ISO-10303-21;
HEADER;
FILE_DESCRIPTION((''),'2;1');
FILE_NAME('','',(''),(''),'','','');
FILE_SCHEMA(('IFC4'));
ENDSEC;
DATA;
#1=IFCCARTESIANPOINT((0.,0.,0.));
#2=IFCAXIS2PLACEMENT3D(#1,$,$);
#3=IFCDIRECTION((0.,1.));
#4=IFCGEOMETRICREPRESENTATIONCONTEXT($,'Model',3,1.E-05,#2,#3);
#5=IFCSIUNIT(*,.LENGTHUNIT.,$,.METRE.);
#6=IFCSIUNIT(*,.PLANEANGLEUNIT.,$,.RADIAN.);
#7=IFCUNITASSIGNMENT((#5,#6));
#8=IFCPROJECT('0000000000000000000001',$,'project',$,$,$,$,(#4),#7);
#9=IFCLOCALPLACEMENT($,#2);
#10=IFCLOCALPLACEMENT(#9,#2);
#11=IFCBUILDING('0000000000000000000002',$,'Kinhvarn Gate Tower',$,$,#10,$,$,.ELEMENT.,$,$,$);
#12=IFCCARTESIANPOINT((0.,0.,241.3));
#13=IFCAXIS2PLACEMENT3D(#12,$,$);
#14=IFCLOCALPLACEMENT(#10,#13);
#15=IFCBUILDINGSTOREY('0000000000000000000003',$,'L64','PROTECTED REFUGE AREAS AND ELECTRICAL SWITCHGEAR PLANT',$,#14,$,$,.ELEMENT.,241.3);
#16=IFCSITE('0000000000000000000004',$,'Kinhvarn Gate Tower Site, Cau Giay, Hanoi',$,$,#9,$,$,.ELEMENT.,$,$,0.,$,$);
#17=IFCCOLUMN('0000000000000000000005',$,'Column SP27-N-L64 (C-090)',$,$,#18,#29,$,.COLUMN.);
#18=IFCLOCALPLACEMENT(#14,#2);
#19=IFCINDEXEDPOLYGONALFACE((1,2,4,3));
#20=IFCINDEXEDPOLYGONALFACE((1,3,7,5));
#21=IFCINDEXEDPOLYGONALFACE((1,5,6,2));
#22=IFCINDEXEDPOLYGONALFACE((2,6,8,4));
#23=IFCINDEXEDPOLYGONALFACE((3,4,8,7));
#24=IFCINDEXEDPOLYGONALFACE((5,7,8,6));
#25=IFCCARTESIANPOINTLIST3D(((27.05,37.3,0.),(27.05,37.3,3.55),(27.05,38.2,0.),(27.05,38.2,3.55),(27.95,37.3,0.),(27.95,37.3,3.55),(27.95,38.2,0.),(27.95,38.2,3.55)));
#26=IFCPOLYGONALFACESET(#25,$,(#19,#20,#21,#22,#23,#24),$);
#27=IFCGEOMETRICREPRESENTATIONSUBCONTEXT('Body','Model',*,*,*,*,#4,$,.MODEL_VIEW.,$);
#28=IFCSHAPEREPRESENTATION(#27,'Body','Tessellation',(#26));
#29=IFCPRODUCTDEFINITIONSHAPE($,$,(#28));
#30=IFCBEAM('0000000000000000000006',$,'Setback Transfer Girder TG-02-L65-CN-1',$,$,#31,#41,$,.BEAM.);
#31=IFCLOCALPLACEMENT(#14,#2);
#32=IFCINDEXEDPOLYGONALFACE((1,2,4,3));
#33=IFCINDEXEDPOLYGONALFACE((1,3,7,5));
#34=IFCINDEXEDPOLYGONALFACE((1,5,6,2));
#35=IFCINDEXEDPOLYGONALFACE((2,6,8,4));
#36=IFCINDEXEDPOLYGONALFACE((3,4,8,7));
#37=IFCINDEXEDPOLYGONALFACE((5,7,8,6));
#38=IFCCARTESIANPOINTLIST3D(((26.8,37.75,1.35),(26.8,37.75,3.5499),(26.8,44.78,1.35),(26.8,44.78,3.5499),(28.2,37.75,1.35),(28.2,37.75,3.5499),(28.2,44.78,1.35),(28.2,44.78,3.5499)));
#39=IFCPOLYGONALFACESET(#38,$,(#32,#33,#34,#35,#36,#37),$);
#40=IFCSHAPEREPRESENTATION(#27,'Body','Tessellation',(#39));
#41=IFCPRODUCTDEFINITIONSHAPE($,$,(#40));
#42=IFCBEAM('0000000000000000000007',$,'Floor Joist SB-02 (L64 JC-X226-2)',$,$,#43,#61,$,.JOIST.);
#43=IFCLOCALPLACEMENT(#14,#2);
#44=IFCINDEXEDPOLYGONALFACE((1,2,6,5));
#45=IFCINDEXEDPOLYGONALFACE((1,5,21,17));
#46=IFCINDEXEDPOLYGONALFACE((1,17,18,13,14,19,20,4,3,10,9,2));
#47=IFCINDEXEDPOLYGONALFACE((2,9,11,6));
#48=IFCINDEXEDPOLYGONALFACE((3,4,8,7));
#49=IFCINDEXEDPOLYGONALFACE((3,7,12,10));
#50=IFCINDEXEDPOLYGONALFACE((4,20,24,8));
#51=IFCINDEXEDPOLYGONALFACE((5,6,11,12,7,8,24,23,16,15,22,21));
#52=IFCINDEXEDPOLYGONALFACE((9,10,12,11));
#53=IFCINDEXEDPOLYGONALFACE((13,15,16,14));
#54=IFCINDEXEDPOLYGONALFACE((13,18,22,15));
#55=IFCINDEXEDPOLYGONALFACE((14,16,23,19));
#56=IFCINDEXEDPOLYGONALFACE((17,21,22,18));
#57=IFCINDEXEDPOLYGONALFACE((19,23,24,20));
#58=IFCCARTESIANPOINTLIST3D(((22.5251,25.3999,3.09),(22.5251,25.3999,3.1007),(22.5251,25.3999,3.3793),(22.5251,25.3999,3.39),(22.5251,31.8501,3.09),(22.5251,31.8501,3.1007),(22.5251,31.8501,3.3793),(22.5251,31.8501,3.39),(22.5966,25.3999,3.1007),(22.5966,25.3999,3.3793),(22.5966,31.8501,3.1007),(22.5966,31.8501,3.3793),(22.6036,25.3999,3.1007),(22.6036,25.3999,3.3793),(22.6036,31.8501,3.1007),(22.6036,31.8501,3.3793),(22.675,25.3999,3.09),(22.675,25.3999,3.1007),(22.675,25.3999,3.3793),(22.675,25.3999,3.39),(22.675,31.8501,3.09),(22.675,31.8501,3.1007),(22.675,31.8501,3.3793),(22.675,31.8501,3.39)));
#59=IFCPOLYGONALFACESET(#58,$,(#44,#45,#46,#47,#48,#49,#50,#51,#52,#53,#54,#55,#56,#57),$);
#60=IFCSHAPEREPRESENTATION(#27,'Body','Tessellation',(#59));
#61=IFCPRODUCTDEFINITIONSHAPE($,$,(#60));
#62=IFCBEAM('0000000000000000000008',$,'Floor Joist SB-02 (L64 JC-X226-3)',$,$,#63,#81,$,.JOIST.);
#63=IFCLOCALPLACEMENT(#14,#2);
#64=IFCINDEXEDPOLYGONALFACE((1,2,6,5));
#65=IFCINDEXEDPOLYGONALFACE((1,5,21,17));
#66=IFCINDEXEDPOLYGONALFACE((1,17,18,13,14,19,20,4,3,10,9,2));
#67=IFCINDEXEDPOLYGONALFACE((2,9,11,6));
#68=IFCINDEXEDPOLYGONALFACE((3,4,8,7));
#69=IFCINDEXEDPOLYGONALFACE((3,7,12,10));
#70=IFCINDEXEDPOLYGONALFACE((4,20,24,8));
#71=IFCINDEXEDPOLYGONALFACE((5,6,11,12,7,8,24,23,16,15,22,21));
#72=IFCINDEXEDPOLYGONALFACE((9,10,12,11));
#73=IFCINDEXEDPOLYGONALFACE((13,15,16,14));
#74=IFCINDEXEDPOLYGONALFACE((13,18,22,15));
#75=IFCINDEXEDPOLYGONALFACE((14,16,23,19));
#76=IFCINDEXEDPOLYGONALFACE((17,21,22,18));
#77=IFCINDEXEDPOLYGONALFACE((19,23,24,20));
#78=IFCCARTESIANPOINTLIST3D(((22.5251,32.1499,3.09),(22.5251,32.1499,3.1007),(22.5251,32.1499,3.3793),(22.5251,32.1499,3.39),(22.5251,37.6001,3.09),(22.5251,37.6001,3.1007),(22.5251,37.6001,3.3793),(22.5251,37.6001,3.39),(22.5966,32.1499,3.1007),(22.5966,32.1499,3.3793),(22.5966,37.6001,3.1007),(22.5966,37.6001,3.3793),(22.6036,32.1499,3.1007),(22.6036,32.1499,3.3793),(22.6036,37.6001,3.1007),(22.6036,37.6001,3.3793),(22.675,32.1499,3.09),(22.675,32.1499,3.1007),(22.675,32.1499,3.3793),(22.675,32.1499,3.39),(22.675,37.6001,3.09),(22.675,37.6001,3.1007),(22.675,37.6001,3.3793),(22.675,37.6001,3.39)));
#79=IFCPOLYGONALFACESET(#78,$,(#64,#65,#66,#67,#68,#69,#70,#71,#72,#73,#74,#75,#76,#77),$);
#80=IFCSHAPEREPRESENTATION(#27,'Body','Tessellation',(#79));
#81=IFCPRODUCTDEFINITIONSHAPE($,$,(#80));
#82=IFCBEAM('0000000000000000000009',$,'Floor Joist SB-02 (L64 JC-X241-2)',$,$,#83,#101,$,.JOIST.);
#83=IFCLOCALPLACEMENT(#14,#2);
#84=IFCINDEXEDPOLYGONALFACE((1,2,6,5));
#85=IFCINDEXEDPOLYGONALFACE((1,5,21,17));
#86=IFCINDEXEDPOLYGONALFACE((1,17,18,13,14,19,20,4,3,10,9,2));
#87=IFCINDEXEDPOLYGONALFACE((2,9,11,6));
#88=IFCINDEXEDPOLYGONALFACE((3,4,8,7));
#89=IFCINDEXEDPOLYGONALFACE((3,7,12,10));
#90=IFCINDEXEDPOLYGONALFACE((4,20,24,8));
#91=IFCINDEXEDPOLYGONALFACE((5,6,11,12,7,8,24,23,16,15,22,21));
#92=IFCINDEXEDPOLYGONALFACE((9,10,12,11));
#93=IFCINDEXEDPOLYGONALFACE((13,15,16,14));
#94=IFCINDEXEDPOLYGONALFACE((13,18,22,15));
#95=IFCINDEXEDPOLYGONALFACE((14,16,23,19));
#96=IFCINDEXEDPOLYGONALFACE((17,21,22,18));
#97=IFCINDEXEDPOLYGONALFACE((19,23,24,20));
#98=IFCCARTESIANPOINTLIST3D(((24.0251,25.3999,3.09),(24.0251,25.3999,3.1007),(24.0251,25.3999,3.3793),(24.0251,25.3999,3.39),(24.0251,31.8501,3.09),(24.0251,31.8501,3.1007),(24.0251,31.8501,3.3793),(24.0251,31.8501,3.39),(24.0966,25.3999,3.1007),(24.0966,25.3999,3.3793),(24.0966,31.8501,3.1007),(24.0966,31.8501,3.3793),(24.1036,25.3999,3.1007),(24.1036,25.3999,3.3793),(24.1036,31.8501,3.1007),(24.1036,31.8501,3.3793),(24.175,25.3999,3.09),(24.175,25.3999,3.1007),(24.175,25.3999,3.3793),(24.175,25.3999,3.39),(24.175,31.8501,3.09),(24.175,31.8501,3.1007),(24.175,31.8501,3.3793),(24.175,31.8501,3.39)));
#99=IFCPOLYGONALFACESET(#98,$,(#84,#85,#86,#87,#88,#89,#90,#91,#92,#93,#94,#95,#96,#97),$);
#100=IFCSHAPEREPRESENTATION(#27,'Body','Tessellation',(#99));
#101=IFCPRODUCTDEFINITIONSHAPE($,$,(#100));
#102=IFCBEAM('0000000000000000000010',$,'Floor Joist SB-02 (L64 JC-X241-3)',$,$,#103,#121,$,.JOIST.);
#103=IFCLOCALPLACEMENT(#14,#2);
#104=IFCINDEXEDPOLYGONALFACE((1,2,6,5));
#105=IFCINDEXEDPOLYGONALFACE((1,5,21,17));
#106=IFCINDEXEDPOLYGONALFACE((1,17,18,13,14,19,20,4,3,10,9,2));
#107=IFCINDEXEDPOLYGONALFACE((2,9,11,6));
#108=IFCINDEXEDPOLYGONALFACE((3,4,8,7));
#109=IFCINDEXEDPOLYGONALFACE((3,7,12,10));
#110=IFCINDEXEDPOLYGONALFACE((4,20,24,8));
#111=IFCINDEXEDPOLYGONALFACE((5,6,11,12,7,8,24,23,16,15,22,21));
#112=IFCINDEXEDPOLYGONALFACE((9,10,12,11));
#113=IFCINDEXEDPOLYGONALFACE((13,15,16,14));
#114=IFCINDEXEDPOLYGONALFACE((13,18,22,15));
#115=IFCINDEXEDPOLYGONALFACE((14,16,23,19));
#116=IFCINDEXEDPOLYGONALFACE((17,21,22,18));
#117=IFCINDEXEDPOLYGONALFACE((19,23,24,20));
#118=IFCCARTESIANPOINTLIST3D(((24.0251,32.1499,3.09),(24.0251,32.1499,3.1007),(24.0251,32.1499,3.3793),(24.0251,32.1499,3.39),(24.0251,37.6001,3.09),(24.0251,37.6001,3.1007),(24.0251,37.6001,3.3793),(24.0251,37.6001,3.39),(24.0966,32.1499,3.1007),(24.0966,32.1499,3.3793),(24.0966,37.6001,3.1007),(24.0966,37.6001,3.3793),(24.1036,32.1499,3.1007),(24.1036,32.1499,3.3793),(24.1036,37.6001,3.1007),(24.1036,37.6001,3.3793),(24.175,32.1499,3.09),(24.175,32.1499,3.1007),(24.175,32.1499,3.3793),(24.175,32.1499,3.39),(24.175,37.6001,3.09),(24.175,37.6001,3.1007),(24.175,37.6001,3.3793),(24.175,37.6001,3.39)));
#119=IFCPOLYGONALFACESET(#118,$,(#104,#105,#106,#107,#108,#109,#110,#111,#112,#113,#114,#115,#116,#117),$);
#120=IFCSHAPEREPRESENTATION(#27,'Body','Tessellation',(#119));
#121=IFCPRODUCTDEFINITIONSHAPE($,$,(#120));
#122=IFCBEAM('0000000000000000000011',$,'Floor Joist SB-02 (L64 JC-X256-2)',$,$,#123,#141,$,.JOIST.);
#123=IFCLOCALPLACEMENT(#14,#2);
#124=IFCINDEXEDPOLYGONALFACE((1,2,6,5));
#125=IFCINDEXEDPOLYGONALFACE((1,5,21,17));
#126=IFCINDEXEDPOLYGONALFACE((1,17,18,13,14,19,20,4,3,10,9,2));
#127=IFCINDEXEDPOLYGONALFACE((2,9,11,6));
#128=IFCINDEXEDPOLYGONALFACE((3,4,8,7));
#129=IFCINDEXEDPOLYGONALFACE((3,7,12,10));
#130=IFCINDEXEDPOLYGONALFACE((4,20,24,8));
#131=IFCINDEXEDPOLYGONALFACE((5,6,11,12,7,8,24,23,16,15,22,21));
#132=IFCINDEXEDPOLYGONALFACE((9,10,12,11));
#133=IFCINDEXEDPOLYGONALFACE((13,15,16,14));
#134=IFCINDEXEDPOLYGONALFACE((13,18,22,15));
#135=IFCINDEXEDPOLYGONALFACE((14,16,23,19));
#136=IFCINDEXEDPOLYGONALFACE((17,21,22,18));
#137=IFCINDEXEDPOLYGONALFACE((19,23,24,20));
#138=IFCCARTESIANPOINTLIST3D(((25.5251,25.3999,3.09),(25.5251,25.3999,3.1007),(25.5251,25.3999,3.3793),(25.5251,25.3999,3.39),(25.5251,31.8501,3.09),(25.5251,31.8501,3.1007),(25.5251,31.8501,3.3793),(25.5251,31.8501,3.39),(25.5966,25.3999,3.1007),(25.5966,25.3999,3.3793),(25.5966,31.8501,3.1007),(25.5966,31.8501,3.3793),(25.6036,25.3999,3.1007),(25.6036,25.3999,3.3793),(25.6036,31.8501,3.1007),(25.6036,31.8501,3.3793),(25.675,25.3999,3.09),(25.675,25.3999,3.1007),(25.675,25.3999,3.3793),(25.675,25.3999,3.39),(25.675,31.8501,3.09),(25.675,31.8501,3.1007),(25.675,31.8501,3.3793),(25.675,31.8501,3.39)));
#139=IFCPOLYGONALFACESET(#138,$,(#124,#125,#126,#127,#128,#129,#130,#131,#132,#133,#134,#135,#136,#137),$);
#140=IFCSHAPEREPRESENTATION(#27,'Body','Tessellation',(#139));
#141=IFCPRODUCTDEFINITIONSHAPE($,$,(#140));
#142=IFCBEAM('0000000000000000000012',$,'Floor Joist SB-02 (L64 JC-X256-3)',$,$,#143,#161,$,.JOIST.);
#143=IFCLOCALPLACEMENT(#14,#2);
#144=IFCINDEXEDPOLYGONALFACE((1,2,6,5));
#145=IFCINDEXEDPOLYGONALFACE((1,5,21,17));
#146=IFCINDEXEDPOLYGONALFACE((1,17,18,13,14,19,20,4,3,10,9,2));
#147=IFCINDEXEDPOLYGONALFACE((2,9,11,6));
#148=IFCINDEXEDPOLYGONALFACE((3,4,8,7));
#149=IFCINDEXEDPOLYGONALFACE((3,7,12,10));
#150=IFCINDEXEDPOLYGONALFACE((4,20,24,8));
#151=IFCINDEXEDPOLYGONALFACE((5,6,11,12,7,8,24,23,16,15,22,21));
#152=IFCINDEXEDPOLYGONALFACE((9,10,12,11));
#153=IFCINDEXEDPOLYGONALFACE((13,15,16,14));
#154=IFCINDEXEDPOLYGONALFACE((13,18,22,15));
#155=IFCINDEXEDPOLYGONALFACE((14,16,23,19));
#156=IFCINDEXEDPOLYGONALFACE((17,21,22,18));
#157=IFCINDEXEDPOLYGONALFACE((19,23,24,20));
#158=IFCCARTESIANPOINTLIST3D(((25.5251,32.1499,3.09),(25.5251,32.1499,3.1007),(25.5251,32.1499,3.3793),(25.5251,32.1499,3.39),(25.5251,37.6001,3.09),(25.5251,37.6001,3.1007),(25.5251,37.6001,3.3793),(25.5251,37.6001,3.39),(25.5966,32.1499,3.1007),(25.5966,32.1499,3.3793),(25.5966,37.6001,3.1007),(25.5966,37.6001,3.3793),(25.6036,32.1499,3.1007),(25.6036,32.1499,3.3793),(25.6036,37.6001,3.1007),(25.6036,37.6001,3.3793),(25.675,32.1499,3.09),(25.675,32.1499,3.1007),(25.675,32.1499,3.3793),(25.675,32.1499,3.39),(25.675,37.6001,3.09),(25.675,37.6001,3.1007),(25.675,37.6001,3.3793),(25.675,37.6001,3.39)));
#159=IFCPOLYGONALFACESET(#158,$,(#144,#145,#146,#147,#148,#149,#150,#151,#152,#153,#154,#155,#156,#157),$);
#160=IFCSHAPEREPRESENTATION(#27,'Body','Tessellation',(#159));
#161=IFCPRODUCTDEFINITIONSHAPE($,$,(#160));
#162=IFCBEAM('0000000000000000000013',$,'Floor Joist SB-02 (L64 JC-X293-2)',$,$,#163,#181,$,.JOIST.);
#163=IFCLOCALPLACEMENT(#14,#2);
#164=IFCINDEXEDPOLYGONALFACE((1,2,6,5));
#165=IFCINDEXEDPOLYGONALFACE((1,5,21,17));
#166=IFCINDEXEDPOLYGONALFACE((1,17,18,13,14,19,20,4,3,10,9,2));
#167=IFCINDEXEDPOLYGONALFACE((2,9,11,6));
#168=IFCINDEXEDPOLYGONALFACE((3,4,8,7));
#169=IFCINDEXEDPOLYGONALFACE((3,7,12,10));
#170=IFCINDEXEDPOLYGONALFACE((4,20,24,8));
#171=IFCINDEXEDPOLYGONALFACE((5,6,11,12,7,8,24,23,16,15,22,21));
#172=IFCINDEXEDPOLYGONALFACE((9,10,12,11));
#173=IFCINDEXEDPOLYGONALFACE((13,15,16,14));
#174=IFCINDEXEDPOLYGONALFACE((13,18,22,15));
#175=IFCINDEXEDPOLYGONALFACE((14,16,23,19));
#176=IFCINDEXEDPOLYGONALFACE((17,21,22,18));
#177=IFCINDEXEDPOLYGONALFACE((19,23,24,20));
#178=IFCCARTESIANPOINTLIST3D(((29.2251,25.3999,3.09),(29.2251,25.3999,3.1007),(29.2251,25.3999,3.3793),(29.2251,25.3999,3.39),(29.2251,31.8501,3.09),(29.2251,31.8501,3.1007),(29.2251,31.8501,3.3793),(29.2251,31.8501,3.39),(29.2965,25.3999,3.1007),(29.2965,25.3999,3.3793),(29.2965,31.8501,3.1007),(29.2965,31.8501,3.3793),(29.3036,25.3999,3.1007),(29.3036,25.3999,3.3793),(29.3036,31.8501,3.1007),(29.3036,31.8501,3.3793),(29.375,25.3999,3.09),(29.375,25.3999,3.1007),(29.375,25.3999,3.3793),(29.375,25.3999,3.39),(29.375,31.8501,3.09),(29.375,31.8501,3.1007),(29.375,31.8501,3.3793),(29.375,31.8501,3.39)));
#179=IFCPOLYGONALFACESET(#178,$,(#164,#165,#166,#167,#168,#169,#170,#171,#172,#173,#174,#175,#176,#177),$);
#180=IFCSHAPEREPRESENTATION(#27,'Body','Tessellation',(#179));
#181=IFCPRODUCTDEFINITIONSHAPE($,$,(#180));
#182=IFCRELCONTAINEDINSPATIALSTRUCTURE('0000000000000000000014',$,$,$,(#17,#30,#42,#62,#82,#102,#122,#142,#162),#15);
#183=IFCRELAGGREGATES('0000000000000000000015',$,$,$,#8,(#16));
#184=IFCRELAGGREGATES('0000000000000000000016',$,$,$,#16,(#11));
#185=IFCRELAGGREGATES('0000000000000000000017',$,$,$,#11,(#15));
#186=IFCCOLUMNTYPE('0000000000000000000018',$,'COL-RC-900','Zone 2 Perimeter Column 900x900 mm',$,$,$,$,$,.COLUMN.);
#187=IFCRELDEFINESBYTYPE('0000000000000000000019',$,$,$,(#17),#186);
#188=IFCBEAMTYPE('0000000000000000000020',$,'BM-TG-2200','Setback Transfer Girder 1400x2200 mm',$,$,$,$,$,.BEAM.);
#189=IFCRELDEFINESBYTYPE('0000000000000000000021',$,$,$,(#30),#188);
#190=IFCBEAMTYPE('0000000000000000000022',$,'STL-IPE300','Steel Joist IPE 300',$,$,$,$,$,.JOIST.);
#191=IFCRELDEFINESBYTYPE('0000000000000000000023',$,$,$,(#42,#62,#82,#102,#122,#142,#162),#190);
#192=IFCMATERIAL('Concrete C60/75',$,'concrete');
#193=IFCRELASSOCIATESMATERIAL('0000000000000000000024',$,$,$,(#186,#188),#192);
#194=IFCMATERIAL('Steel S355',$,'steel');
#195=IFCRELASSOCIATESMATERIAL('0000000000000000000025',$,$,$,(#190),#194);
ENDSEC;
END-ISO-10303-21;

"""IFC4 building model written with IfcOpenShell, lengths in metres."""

from ifc_helpers import new_model, si_unit, direction, frame, origin, origin_2d, place, context, subcontext, project, spatial, rectangle, i_section, extrude, material, material_profile, profile_set, type_object, element, save


model = new_model("IFC4")

# Units and contexts
model_context = context("Model", 3, precision=1e-05, world=origin(), true_north=direction((0.0, 1.0)))
body_context = subcontext(model_context, "Body", "Model", "MODEL_VIEW")
ifc_project = project(units=[si_unit("LENGTHUNIT", "METRE"), si_unit("PLANEANGLEUNIT", "RADIAN")], contexts=[model_context])

# Site, building, storey
site_placement = place(None, origin())
site = spatial("IfcSite", under=ifc_project, at=site_placement, Name="Kinhvarn Gate Tower Site, Cau Giay, Hanoi", CompositionType="ELEMENT", RefElevation=0.0)
building_placement = place(site_placement, origin())
building = spatial("IfcBuilding", under=site, at=building_placement, Name="Kinhvarn Gate Tower", CompositionType="ELEMENT")
storey_placement = place(building_placement, frame((0.0, 0.0, 241.3)))
storey = spatial("IfcBuildingStorey", under=building, at=storey_placement, Name="L64", Description="PROTECTED REFUGE AREAS AND ELECTRICAL SWITCHGEAR PLANT", CompositionType="ELEMENT", Elevation=241.3)

# Column
ifc_material_1 = material(Name="Concrete C60/75", Category="concrete")
ifc_material_profile_1 = material_profile(ifc_material_1, rectangle(XDim=0.8999, YDim=0.8999, at=origin_2d()), Name="RC 900x900")
ifc_profile_set_1 = profile_set([ifc_material_profile_1], Name="Concrete C60/75")
column_type = type_object("IfcColumnType", Name="COL-RC-900", Description="Zone 2 Perimeter Column 900x900 mm", PredefinedType="COLUMN", material=ifc_profile_set_1)
column_placement = place(storey_placement, frame((27.5, 37.75, 0.0), z_axis=(0.0, 0.0, 1.0), x_axis=(1.0, 0.0, 0.0)))
element("IfcColumn", 1, at=column_placement, inside=storey, type_object=column_type, Name="Column SP27-N-L64 (C-090)", PredefinedType="COLUMN", context=body_context, shape_type="SweptSolid", body=[
    extrude(rectangle(XDim=0.8999, YDim=0.8999, at=origin_2d()), origin(), (0.0, 0.0, 1.0), 3.55),
])

# Beams
ifc_material_profile_2 = material_profile(ifc_material_1, rectangle(XDim=1.3999, YDim=2.2, at=origin_2d()), Name="RC 1400x2200")
ifc_profile_set_2 = profile_set([ifc_material_profile_2], Name="Concrete C60/75")
beam_type_1 = type_object("IfcBeamType", Name="BM-TG-2200", Description="Setback Transfer Girder 1400x2200 mm", PredefinedType="BEAM", material=ifc_profile_set_2)
beam_1_placement = place(storey_placement, frame((27.5, 37.75, 2.45), z_axis=(0.0, 1.0, 0.0), x_axis=(-1.0, 0.0, 0.0)))
element("IfcBeam", 2, at=beam_1_placement, inside=storey, type_object=beam_type_1, Name="Setback Transfer Girder TG-02-L65-CN-1", PredefinedType="BEAM", context=body_context, shape_type="SweptSolid", body=[
    extrude(rectangle(XDim=1.3999, YDim=2.2, at=origin_2d()), origin(), (0.0, 0.0, 1.0), 7.03),
])
ifc_material_2 = material(Name="Steel S355", Category="steel")
ifc_material_profile_3 = material_profile(ifc_material_2, i_section(OverallWidth=0.1499, OverallDepth=0.3, WebThickness=0.0071, FlangeThickness=0.0107, at=origin_2d()), Name="IPE 300")
ifc_profile_set_3 = profile_set([ifc_material_profile_3], Name="Steel S355")
beam_type_2 = type_object("IfcBeamType", Name="STL-IPE300", Description="Steel Joist IPE 300", PredefinedType="JOIST", material=ifc_profile_set_3)
beam_2_placement = place(storey_placement, frame((22.6001, 25.3999, 3.24), z_axis=(0.0, 1.0, 0.0), x_axis=(-1.0, 0.0, 0.0)))
element("IfcBeam", 3, at=beam_2_placement, inside=storey, type_object=beam_type_2, Name="Floor Joist SB-02 (L64 JC-X226-2)", PredefinedType="JOIST", context=body_context, shape_type="SweptSolid", body=[
    extrude(i_section(OverallWidth=0.1499, OverallDepth=0.3, WebThickness=0.0071, FlangeThickness=0.0107, at=origin_2d()), origin(), (0.0, 0.0, 1.0), 6.4502),
])
beam_3_placement = place(storey_placement, frame((22.6001, 32.1499, 3.24), z_axis=(0.0, 1.0, 0.0), x_axis=(-1.0, 0.0, 0.0)))
element("IfcBeam", 4, at=beam_3_placement, inside=storey, type_object=beam_type_2, Name="Floor Joist SB-02 (L64 JC-X226-3)", PredefinedType="JOIST", context=body_context, shape_type="SweptSolid", body=[
    extrude(i_section(OverallWidth=0.1499, OverallDepth=0.3, WebThickness=0.0071, FlangeThickness=0.0107, at=origin_2d()), origin(), (0.0, 0.0, 1.0), 5.4502),
])
beam_4_placement = place(storey_placement, frame((24.1001, 25.3999, 3.24), z_axis=(0.0, 1.0, 0.0), x_axis=(-1.0, 0.0, 0.0)))
element("IfcBeam", 5, at=beam_4_placement, inside=storey, type_object=beam_type_2, Name="Floor Joist SB-02 (L64 JC-X241-2)", PredefinedType="JOIST", context=body_context, shape_type="SweptSolid", body=[
    extrude(i_section(OverallWidth=0.1499, OverallDepth=0.3, WebThickness=0.0071, FlangeThickness=0.0107, at=origin_2d()), origin(), (0.0, 0.0, 1.0), 6.4502),
])
beam_5_placement = place(storey_placement, frame((24.1001, 32.1499, 3.24), z_axis=(0.0, 1.0, 0.0), x_axis=(-1.0, 0.0, 0.0)))
element("IfcBeam", 6, at=beam_5_placement, inside=storey, type_object=beam_type_2, Name="Floor Joist SB-02 (L64 JC-X241-3)", PredefinedType="JOIST", context=body_context, shape_type="SweptSolid", body=[
    extrude(i_section(OverallWidth=0.1499, OverallDepth=0.3, WebThickness=0.0071, FlangeThickness=0.0107, at=origin_2d()), origin(), (0.0, 0.0, 1.0), 5.4502),
])
beam_6_placement = place(storey_placement, frame((25.6001, 25.3999, 3.24), z_axis=(0.0, 1.0, 0.0), x_axis=(-1.0, 0.0, 0.0)))
element("IfcBeam", 7, at=beam_6_placement, inside=storey, type_object=beam_type_2, Name="Floor Joist SB-02 (L64 JC-X256-2)", PredefinedType="JOIST", context=body_context, shape_type="SweptSolid", body=[
    extrude(i_section(OverallWidth=0.1499, OverallDepth=0.3, WebThickness=0.0071, FlangeThickness=0.0107, at=origin_2d()), origin(), (0.0, 0.0, 1.0), 6.4502),
])
beam_7_placement = place(storey_placement, frame((25.6001, 32.1499, 3.24), z_axis=(0.0, 1.0, 0.0), x_axis=(-1.0, 0.0, 0.0)))
element("IfcBeam", 8, at=beam_7_placement, inside=storey, type_object=beam_type_2, Name="Floor Joist SB-02 (L64 JC-X256-3)", PredefinedType="JOIST", context=body_context, shape_type="SweptSolid", body=[
    extrude(i_section(OverallWidth=0.1499, OverallDepth=0.3, WebThickness=0.0071, FlangeThickness=0.0107, at=origin_2d()), origin(), (0.0, 0.0, 1.0), 5.4502),
])
beam_8_placement = place(storey_placement, frame((29.3, 25.3999, 3.24), z_axis=(0.0, 1.0, 0.0), x_axis=(-1.0, 0.0, 0.0)))
element("IfcBeam", 9, at=beam_8_placement, inside=storey, type_object=beam_type_2, Name="Floor Joist SB-02 (L64 JC-X293-2)", PredefinedType="JOIST", context=body_context, shape_type="SweptSolid", body=[
    extrude(i_section(OverallWidth=0.1499, OverallDepth=0.3, WebThickness=0.0071, FlangeThickness=0.0107, at=origin_2d()), origin(), (0.0, 0.0, 1.0), 6.4502),
])

save(model, "model.ifc")
